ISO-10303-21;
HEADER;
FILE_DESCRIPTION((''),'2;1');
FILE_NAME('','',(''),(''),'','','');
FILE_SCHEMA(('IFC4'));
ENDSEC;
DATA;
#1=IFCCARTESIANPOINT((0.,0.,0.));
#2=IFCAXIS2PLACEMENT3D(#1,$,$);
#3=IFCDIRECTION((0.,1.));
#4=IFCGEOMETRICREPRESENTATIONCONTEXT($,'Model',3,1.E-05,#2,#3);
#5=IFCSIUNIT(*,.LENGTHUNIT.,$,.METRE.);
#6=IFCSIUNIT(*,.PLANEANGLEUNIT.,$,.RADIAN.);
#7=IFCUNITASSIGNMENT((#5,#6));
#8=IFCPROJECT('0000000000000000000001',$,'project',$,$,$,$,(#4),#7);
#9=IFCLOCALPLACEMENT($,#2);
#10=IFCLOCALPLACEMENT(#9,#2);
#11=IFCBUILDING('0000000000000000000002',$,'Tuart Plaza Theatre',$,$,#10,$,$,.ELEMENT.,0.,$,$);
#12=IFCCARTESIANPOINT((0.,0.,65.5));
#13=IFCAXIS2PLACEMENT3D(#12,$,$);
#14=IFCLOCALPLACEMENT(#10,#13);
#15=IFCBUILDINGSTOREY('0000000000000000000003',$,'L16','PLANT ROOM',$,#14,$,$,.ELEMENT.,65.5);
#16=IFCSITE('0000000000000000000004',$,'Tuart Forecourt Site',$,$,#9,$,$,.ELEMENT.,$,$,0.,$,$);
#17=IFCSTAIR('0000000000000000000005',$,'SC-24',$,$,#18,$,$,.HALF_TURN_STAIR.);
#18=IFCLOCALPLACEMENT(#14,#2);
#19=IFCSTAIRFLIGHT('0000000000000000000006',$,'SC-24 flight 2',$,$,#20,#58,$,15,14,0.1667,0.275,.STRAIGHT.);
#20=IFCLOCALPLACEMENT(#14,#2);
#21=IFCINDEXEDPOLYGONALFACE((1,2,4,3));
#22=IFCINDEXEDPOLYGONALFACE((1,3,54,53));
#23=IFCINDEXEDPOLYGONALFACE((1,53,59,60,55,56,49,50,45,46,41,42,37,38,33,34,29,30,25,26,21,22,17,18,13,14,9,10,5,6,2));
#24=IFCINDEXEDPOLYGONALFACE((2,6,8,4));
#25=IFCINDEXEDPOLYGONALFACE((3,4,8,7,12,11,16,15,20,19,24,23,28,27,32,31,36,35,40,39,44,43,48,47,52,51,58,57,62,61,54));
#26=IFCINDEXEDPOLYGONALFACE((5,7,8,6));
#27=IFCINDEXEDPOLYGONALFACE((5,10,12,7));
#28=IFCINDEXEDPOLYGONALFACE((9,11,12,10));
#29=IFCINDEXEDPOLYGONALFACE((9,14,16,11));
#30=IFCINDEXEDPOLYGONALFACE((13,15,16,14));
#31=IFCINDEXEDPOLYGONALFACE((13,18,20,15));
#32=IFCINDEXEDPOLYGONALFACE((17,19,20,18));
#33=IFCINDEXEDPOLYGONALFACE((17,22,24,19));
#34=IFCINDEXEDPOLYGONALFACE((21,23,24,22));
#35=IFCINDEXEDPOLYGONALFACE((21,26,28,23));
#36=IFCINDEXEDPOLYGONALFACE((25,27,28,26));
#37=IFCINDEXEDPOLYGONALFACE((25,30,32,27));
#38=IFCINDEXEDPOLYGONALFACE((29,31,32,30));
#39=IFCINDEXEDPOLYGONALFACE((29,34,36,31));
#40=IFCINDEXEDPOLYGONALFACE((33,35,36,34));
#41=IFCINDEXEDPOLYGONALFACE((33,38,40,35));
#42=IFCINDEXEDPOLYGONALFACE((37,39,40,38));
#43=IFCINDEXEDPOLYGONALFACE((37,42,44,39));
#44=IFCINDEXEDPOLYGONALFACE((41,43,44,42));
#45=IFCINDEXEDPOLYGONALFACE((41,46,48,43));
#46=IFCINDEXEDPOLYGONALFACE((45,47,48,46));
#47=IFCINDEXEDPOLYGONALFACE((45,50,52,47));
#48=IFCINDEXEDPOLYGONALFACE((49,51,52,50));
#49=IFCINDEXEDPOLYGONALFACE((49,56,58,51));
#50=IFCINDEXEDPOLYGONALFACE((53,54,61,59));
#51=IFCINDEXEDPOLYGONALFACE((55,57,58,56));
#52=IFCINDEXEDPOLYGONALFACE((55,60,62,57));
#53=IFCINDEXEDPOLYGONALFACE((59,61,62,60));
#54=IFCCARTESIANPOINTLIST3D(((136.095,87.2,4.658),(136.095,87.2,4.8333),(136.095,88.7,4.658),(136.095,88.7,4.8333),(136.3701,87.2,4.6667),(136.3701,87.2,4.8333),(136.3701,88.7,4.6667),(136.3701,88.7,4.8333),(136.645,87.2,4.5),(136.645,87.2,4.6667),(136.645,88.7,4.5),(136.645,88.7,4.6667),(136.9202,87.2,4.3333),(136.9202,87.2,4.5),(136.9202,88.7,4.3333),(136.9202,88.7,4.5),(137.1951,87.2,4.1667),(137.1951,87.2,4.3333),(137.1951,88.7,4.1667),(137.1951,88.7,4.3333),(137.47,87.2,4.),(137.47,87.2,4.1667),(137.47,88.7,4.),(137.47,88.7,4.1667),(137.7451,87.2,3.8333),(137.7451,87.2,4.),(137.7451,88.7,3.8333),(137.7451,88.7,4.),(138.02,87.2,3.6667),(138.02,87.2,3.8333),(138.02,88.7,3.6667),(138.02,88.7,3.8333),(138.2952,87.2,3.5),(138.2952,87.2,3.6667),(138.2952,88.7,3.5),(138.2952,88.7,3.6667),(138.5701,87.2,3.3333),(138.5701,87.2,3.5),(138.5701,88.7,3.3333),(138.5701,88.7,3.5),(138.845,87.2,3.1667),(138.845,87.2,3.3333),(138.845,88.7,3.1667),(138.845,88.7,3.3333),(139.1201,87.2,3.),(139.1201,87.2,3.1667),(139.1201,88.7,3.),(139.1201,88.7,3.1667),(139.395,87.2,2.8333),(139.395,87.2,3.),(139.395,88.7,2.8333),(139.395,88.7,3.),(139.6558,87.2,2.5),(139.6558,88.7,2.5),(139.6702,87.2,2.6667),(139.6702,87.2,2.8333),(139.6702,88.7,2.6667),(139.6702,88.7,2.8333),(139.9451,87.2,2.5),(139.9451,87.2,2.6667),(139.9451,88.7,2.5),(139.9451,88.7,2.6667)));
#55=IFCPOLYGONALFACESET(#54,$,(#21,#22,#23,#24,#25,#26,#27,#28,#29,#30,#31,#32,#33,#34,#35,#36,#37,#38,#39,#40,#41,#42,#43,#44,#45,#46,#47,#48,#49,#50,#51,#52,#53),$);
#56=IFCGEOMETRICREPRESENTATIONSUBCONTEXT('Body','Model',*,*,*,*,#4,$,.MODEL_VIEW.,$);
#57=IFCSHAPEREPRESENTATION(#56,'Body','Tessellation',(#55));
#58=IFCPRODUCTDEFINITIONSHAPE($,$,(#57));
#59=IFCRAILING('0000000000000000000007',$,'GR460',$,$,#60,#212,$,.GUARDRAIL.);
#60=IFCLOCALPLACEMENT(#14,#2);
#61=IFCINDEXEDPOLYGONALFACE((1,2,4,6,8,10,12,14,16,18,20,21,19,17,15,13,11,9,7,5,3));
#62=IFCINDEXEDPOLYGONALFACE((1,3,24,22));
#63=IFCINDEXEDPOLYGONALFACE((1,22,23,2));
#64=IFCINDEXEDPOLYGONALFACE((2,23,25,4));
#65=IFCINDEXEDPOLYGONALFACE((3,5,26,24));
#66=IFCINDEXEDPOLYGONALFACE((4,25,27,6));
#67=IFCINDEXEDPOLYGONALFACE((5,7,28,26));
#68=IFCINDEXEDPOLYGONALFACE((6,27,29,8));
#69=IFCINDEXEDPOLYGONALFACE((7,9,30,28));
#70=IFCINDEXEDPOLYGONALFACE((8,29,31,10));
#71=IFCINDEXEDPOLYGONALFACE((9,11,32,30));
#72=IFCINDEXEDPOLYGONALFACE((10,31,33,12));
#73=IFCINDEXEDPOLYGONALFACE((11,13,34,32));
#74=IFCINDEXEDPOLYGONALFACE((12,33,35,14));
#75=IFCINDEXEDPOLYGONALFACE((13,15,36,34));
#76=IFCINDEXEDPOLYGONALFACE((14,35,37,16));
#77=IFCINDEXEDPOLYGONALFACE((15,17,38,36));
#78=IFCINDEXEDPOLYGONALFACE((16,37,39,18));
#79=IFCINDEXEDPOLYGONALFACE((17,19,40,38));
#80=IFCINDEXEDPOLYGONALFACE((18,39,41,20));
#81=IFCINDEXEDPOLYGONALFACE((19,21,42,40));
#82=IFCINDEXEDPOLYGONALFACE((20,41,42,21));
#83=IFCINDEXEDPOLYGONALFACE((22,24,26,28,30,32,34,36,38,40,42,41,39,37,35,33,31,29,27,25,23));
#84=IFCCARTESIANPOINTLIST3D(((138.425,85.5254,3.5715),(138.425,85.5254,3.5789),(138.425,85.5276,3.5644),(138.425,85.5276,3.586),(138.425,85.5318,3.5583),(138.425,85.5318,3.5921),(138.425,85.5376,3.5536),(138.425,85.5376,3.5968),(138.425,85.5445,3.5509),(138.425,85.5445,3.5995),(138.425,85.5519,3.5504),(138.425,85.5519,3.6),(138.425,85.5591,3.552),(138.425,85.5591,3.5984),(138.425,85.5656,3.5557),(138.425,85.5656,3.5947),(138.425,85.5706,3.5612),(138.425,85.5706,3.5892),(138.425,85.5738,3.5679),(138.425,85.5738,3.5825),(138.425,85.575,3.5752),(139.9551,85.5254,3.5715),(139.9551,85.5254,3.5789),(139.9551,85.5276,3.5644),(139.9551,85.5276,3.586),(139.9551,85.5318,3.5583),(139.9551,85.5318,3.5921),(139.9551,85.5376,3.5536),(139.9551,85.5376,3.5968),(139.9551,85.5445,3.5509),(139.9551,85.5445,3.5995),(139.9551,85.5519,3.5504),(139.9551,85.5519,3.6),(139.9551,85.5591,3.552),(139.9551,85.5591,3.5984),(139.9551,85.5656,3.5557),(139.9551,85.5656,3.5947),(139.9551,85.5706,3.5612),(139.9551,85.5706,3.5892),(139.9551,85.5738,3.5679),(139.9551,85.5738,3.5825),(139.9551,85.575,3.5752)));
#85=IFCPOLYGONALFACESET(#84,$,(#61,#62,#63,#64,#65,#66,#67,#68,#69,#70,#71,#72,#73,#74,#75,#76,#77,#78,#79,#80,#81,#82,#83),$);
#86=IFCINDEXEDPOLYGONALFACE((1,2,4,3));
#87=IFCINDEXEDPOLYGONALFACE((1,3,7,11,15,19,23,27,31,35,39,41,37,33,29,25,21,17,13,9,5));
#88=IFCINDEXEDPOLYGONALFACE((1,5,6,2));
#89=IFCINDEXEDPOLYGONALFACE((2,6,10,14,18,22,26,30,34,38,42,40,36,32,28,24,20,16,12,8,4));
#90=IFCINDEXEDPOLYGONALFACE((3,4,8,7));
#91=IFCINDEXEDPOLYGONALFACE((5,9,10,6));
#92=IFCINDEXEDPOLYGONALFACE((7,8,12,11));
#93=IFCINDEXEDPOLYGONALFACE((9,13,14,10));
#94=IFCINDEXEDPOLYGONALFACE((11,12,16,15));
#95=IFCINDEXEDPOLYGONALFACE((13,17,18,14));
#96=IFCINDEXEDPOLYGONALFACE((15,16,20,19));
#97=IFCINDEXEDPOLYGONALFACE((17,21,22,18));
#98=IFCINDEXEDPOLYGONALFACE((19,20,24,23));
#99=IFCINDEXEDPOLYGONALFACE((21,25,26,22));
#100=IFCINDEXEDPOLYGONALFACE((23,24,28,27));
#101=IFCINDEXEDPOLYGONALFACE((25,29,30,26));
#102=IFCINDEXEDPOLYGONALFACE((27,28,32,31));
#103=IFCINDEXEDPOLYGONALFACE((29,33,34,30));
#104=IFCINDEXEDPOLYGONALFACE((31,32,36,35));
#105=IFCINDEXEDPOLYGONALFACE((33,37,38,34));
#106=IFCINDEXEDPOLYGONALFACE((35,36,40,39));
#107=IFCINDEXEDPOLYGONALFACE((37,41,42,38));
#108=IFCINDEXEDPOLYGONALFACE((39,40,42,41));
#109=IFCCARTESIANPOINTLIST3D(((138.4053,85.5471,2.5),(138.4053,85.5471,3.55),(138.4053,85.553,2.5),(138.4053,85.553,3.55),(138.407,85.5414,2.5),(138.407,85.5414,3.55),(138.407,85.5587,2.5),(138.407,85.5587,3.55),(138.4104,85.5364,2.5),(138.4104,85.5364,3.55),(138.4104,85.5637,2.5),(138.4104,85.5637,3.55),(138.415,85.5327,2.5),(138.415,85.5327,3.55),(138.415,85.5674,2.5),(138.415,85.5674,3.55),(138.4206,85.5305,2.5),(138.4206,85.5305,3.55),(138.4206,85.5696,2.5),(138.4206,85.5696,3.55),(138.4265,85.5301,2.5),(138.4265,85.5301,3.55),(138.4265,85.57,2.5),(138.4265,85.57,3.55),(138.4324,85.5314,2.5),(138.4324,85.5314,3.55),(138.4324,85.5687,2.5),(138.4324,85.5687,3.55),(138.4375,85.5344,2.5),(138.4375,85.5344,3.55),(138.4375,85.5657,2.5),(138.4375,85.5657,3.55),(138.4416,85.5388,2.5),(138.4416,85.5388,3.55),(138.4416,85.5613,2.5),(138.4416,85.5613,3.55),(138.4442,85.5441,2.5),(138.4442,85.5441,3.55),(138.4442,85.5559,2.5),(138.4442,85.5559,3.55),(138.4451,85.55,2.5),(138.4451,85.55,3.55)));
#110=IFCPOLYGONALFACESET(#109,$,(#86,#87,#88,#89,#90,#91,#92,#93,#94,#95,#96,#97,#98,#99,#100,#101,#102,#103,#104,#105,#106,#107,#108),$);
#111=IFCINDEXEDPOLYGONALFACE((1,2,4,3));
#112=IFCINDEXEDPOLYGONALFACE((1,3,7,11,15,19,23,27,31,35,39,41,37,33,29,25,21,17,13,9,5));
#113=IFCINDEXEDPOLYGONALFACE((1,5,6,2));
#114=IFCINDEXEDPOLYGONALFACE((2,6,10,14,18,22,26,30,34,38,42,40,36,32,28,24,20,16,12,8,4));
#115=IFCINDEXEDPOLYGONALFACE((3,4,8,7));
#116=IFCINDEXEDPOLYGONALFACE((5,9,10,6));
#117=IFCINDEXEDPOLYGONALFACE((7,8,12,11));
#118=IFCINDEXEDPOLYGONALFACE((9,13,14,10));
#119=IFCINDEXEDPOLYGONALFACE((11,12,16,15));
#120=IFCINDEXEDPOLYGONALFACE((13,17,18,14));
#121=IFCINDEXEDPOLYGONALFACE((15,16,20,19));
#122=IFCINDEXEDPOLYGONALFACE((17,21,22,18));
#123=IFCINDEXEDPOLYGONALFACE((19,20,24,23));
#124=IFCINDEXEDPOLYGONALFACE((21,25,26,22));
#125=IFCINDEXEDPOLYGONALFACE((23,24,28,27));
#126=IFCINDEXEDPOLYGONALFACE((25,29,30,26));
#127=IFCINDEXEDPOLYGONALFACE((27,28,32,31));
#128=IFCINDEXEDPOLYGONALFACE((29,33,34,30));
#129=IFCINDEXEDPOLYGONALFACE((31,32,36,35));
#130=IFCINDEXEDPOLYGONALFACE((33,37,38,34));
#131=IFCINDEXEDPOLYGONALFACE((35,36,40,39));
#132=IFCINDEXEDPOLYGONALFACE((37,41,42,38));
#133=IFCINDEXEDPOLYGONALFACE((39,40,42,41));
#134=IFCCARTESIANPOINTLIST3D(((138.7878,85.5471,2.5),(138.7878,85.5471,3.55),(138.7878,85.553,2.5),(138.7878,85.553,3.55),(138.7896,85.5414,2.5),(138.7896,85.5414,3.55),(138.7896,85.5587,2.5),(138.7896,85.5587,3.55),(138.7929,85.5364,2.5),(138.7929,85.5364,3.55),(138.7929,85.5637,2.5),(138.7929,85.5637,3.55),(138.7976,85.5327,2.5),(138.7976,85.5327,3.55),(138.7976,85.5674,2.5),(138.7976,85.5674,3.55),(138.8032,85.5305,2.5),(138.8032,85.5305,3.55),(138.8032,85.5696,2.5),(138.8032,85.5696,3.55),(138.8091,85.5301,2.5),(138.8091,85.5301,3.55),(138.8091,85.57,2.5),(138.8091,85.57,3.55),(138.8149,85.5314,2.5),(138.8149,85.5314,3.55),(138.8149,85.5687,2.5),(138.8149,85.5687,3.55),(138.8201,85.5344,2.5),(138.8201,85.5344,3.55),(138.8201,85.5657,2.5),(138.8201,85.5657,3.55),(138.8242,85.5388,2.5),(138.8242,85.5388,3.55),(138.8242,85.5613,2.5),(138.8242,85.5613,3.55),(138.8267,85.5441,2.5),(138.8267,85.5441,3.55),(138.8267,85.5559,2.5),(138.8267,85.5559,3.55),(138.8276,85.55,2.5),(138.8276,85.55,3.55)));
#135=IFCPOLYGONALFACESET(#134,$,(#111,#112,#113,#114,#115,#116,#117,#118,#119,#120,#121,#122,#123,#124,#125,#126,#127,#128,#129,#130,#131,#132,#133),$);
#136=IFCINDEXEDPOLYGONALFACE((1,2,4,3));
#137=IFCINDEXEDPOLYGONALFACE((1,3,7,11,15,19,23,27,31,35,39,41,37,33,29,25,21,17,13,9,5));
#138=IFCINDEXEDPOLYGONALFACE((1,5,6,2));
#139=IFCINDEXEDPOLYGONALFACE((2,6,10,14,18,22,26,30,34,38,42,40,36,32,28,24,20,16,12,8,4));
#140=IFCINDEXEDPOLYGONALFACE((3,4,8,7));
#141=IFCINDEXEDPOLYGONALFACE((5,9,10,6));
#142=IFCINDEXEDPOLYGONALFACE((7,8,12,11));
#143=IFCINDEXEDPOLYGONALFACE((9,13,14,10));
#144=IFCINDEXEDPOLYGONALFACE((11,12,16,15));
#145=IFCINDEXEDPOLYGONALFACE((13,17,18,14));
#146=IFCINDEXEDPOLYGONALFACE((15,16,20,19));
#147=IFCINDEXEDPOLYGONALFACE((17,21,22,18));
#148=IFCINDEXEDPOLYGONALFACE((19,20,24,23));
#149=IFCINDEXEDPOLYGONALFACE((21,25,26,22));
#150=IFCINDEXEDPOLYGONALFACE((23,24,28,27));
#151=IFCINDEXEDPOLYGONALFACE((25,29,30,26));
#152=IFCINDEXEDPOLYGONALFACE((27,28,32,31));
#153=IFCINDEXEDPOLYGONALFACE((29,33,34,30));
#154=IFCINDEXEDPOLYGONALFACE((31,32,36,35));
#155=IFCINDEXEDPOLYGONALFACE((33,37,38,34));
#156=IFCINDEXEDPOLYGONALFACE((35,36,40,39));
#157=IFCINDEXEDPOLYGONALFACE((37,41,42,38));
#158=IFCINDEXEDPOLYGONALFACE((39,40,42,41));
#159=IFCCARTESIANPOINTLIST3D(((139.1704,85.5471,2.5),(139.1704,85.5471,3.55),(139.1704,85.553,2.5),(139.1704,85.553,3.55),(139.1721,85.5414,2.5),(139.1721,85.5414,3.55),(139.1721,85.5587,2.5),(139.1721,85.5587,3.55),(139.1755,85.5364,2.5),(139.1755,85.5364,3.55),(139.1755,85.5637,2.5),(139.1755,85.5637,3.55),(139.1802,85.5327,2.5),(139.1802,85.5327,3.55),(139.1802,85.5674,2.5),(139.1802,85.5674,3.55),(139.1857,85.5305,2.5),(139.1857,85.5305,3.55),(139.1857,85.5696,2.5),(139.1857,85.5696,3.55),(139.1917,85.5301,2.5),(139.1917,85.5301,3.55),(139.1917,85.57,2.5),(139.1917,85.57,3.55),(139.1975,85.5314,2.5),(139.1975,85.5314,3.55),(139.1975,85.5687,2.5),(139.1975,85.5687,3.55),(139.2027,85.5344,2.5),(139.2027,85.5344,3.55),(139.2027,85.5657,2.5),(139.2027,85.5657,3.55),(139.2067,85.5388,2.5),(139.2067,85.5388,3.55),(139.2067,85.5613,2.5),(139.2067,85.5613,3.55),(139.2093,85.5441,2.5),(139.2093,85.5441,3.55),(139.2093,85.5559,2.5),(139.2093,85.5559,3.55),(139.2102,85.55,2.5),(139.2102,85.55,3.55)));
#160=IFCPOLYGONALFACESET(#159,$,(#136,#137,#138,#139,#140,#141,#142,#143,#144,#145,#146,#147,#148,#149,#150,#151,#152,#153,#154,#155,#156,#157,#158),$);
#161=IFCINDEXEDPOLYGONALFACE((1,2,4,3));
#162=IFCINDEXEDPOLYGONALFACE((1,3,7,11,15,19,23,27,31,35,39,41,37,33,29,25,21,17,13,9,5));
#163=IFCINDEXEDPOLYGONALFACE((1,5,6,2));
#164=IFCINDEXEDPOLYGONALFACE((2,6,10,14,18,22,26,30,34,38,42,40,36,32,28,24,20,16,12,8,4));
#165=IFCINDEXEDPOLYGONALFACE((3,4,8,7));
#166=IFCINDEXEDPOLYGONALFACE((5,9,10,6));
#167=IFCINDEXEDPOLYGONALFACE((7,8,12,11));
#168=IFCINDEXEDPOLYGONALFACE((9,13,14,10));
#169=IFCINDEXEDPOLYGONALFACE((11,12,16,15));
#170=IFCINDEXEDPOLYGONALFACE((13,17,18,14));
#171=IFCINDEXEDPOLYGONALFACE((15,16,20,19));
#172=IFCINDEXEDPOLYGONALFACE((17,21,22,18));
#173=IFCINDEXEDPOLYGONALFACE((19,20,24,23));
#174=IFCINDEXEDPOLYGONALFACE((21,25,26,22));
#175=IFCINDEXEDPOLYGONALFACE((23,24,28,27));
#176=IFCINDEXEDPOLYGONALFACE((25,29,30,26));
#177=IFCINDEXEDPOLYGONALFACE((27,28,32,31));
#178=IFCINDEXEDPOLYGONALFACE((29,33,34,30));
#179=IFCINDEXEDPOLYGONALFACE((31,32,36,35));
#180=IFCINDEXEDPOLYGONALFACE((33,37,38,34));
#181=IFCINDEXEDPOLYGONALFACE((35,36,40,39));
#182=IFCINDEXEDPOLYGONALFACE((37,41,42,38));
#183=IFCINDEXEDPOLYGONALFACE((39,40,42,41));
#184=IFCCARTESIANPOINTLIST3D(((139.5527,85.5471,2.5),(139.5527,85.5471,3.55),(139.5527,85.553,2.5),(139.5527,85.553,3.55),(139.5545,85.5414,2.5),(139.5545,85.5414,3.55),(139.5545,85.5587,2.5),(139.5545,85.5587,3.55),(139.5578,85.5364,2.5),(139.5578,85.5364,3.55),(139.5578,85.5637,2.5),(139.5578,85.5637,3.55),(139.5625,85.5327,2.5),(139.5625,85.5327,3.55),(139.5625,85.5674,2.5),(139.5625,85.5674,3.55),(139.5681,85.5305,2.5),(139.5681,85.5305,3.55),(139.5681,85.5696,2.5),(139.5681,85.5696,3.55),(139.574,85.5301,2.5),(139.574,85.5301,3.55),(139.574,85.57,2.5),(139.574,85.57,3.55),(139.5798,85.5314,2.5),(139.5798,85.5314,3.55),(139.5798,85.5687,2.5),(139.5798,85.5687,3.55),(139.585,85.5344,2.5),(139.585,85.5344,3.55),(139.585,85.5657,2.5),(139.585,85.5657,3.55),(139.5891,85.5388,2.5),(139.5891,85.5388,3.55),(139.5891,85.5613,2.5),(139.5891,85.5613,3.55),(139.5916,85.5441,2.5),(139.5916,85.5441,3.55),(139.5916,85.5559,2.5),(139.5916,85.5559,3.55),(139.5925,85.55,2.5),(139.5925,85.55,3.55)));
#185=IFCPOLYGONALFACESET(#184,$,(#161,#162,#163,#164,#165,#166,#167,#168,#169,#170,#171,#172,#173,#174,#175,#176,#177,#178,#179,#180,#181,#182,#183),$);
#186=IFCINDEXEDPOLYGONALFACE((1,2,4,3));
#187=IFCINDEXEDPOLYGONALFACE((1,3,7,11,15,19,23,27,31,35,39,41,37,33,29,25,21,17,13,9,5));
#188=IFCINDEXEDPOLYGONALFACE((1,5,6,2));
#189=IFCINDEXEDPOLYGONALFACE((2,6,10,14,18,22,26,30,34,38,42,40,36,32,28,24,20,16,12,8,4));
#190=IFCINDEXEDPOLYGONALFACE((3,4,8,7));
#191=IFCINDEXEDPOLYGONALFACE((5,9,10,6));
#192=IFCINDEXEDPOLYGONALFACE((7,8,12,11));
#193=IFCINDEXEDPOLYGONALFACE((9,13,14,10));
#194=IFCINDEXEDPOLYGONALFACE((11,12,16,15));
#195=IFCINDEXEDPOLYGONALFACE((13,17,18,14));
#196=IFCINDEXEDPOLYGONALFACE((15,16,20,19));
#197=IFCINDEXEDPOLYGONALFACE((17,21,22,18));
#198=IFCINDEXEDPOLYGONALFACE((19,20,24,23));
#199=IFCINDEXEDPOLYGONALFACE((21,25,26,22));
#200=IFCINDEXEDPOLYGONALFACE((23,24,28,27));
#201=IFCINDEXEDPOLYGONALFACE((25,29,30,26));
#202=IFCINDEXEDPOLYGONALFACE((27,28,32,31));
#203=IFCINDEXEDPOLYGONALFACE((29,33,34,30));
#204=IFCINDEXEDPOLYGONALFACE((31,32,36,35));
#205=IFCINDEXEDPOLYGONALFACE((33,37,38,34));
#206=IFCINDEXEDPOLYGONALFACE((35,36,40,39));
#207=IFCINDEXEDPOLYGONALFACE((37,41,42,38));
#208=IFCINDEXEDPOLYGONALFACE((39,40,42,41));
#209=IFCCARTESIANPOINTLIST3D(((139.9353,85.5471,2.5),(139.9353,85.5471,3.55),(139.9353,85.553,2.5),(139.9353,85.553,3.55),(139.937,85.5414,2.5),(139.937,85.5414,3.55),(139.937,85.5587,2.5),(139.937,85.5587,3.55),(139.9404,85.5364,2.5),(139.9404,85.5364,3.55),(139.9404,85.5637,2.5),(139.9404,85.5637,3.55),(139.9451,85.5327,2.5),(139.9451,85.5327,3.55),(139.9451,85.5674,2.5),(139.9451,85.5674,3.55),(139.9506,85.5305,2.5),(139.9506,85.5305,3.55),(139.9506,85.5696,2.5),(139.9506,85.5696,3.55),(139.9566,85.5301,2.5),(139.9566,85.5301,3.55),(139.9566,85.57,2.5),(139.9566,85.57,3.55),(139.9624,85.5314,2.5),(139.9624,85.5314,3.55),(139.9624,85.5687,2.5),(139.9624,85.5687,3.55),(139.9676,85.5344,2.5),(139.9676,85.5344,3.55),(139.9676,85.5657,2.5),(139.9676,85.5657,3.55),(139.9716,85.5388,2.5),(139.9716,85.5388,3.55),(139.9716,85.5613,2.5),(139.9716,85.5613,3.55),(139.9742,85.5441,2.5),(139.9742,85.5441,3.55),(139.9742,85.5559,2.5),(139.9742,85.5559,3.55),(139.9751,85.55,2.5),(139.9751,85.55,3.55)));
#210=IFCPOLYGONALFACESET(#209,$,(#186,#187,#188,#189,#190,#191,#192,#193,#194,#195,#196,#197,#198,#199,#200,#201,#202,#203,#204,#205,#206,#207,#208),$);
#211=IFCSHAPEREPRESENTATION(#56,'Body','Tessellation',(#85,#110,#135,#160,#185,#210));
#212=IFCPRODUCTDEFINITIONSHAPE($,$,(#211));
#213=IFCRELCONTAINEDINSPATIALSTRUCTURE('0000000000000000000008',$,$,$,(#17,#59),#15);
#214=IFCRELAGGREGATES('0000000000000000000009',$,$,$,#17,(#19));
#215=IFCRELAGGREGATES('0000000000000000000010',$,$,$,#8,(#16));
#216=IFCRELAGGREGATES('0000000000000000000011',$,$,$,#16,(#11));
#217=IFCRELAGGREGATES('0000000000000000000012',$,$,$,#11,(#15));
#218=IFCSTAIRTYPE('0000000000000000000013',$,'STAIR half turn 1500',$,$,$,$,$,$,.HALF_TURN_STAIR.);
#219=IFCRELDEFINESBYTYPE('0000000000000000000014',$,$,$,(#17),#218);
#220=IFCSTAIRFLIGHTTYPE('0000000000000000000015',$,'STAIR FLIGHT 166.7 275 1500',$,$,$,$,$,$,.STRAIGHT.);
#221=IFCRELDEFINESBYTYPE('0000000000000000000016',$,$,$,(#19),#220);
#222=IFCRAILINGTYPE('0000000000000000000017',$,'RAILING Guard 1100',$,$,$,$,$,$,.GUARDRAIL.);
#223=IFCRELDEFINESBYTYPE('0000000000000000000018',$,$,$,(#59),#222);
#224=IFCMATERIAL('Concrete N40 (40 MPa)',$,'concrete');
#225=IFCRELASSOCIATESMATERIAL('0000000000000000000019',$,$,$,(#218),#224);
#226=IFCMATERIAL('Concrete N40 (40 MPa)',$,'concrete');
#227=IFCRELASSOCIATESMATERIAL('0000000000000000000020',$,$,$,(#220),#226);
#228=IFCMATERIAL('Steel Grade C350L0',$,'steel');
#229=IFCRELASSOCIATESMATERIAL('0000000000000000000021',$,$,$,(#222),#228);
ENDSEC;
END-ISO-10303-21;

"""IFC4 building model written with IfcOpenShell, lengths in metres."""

from ifc_helpers import new_model, si_unit, direction, frame, origin, origin_2d, place, context, subcontext, project, spatial, polyline, circle, outline, extrude, material, type_object, element, aggregate, save


model = new_model("IFC4")

# Units and contexts
model_context = context("Model", 3, precision=1e-05, world=origin(), true_north=direction((0.0, 1.0)))
body_context = subcontext(model_context, "Body", "Model", "MODEL_VIEW")
ifc_project = project(units=[si_unit("LENGTHUNIT", "METRE"), si_unit("PLANEANGLEUNIT", "RADIAN")], contexts=[model_context])

# Site, building, storey
site_placement = place(None, origin())
site = spatial("IfcSite", under=ifc_project, at=site_placement, Name="Tuart Forecourt Site", CompositionType="ELEMENT", RefElevation=0.0)
building_placement = place(site_placement, origin())
building = spatial("IfcBuilding", under=site, at=building_placement, Name="Tuart Plaza Theatre", CompositionType="ELEMENT", ElevationOfRefHeight=0.0)
storey_placement = place(building_placement, frame((0.0, 0.0, 65.5)))
storey = spatial("IfcBuildingStorey", under=building, at=storey_placement, Name="L16", Description="PLANT ROOM", CompositionType="ELEMENT", Elevation=65.5)

# Stair, stair flight
ifc_material_1 = material(Name="Concrete N40 (40 MPa)", Category="concrete")
stair_type = type_object("IfcStairType", Name="STAIR half turn 1500", PredefinedType="HALF_TURN_STAIR", material=ifc_material_1)
stair_placement = place(storey_placement, origin())
stair = element("IfcStair", 1, at=stair_placement, inside=storey, type_object=stair_type, Name="SC-24", PredefinedType="HALF_TURN_STAIR")
ifc_material_2 = material(Name="Concrete N40 (40 MPa)", Category="concrete")
stair_flight_type = type_object("IfcStairFlightType", Name="STAIR FLIGHT 166.7 275 1500", PredefinedType="STRAIGHT", material=ifc_material_2)
stair_flight_1_placement = place(storey_placement, frame((139.9451, 87.95, 2.5), z_axis=(0.0, 0.0, 1.0), x_axis=(-1.0, 0.0, 0.0)))
stair_flight_1 = element("IfcStairFlight", 2, at=stair_flight_1_placement, type_object=stair_flight_type, Name="SC-24 flight 2", NumberOfRisers=15, NumberOfTreads=14, PredefinedType="STRAIGHT", RiserHeight=0.1667, TreadLength=0.275, context=body_context, shape_type="SweptSolid", body=[
    extrude(outline(polyline([(0.0, 0.0), (0.0, 0.1667), (0.2749, 0.1667), (0.2749, 0.3333), (0.55, 0.3333), (0.55, 0.5), (0.825, 0.5), (0.825, 0.6667), (1.1001, 0.6667), (1.1001, 0.8333), (1.375, 0.8333), (1.375, 1.0), (1.6499, 1.0), (1.6499, 1.1667), (1.925, 1.1667), (1.925, 1.3333), (2.2, 1.3333), (2.2, 1.5), (2.4751, 1.5), (2.4751, 1.6667), (2.75, 1.6667), (2.75, 1.8333), (3.0249, 1.8333), (3.0249, 2.0), (3.3, 2.0), (3.3, 2.1667), (3.575, 2.1667), (3.575, 2.3333), (3.8501, 2.3333), (3.8501, 2.5), (3.8501, 2.158), (0.2893, 0.0), (0.0, 0.0)])), frame((0.0, 0.75, 0.0), z_axis=(0.0, -1.0, 0.0), x_axis=(1.0, 0.0, 0.0)), (0.0, 0.0, 1.0), 1.5),
])
aggregate(stair, [stair_flight_1])

# Railing
ifc_material_3 = material(Name="Steel Grade C350L0", Category="steel")
railing_type_1 = type_object("IfcRailingType", Name="RAILING Guard 1100", PredefinedType="GUARDRAIL", material=ifc_material_3)
railing_1_placement = place(storey_placement, frame((138.425, 85.55, 2.5)))
element("IfcRailing", 3, at=railing_1_placement, inside=storey, type_object=railing_type_1, Name="GR460", PredefinedType="GUARDRAIL", context=body_context, shape_type="SweptSolid", body=[
    extrude(circle(Radius=0.0249, at=origin_2d()), frame((0.0, 0.0, 1.0752), z_axis=(1.0, 0.0, 0.0), x_axis=(0.0, 1.0, 0.0)), (0.0, 0.0, 1.0), 1.53),
    extrude(circle(Radius=0.02, at=origin_2d()), origin(), (0.0, 0.0, 1.0), 1.05),
    extrude(circle(Radius=0.02, at=origin_2d()), frame((0.3826, 0.0, 0.0)), (0.0, 0.0, 1.0), 1.05),
    extrude(circle(Radius=0.02, at=origin_2d()), frame((0.7651, 0.0, 0.0)), (0.0, 0.0, 1.0), 1.05),
    extrude(circle(Radius=0.02, at=origin_2d()), frame((1.1475, 0.0, 0.0)), (0.0, 0.0, 1.0), 1.05),
    extrude(circle(Radius=0.02, at=origin_2d()), frame((1.53, 0.0, 0.0)), (0.0, 0.0, 1.0), 1.05),
])

save(model, "model.ifc")
